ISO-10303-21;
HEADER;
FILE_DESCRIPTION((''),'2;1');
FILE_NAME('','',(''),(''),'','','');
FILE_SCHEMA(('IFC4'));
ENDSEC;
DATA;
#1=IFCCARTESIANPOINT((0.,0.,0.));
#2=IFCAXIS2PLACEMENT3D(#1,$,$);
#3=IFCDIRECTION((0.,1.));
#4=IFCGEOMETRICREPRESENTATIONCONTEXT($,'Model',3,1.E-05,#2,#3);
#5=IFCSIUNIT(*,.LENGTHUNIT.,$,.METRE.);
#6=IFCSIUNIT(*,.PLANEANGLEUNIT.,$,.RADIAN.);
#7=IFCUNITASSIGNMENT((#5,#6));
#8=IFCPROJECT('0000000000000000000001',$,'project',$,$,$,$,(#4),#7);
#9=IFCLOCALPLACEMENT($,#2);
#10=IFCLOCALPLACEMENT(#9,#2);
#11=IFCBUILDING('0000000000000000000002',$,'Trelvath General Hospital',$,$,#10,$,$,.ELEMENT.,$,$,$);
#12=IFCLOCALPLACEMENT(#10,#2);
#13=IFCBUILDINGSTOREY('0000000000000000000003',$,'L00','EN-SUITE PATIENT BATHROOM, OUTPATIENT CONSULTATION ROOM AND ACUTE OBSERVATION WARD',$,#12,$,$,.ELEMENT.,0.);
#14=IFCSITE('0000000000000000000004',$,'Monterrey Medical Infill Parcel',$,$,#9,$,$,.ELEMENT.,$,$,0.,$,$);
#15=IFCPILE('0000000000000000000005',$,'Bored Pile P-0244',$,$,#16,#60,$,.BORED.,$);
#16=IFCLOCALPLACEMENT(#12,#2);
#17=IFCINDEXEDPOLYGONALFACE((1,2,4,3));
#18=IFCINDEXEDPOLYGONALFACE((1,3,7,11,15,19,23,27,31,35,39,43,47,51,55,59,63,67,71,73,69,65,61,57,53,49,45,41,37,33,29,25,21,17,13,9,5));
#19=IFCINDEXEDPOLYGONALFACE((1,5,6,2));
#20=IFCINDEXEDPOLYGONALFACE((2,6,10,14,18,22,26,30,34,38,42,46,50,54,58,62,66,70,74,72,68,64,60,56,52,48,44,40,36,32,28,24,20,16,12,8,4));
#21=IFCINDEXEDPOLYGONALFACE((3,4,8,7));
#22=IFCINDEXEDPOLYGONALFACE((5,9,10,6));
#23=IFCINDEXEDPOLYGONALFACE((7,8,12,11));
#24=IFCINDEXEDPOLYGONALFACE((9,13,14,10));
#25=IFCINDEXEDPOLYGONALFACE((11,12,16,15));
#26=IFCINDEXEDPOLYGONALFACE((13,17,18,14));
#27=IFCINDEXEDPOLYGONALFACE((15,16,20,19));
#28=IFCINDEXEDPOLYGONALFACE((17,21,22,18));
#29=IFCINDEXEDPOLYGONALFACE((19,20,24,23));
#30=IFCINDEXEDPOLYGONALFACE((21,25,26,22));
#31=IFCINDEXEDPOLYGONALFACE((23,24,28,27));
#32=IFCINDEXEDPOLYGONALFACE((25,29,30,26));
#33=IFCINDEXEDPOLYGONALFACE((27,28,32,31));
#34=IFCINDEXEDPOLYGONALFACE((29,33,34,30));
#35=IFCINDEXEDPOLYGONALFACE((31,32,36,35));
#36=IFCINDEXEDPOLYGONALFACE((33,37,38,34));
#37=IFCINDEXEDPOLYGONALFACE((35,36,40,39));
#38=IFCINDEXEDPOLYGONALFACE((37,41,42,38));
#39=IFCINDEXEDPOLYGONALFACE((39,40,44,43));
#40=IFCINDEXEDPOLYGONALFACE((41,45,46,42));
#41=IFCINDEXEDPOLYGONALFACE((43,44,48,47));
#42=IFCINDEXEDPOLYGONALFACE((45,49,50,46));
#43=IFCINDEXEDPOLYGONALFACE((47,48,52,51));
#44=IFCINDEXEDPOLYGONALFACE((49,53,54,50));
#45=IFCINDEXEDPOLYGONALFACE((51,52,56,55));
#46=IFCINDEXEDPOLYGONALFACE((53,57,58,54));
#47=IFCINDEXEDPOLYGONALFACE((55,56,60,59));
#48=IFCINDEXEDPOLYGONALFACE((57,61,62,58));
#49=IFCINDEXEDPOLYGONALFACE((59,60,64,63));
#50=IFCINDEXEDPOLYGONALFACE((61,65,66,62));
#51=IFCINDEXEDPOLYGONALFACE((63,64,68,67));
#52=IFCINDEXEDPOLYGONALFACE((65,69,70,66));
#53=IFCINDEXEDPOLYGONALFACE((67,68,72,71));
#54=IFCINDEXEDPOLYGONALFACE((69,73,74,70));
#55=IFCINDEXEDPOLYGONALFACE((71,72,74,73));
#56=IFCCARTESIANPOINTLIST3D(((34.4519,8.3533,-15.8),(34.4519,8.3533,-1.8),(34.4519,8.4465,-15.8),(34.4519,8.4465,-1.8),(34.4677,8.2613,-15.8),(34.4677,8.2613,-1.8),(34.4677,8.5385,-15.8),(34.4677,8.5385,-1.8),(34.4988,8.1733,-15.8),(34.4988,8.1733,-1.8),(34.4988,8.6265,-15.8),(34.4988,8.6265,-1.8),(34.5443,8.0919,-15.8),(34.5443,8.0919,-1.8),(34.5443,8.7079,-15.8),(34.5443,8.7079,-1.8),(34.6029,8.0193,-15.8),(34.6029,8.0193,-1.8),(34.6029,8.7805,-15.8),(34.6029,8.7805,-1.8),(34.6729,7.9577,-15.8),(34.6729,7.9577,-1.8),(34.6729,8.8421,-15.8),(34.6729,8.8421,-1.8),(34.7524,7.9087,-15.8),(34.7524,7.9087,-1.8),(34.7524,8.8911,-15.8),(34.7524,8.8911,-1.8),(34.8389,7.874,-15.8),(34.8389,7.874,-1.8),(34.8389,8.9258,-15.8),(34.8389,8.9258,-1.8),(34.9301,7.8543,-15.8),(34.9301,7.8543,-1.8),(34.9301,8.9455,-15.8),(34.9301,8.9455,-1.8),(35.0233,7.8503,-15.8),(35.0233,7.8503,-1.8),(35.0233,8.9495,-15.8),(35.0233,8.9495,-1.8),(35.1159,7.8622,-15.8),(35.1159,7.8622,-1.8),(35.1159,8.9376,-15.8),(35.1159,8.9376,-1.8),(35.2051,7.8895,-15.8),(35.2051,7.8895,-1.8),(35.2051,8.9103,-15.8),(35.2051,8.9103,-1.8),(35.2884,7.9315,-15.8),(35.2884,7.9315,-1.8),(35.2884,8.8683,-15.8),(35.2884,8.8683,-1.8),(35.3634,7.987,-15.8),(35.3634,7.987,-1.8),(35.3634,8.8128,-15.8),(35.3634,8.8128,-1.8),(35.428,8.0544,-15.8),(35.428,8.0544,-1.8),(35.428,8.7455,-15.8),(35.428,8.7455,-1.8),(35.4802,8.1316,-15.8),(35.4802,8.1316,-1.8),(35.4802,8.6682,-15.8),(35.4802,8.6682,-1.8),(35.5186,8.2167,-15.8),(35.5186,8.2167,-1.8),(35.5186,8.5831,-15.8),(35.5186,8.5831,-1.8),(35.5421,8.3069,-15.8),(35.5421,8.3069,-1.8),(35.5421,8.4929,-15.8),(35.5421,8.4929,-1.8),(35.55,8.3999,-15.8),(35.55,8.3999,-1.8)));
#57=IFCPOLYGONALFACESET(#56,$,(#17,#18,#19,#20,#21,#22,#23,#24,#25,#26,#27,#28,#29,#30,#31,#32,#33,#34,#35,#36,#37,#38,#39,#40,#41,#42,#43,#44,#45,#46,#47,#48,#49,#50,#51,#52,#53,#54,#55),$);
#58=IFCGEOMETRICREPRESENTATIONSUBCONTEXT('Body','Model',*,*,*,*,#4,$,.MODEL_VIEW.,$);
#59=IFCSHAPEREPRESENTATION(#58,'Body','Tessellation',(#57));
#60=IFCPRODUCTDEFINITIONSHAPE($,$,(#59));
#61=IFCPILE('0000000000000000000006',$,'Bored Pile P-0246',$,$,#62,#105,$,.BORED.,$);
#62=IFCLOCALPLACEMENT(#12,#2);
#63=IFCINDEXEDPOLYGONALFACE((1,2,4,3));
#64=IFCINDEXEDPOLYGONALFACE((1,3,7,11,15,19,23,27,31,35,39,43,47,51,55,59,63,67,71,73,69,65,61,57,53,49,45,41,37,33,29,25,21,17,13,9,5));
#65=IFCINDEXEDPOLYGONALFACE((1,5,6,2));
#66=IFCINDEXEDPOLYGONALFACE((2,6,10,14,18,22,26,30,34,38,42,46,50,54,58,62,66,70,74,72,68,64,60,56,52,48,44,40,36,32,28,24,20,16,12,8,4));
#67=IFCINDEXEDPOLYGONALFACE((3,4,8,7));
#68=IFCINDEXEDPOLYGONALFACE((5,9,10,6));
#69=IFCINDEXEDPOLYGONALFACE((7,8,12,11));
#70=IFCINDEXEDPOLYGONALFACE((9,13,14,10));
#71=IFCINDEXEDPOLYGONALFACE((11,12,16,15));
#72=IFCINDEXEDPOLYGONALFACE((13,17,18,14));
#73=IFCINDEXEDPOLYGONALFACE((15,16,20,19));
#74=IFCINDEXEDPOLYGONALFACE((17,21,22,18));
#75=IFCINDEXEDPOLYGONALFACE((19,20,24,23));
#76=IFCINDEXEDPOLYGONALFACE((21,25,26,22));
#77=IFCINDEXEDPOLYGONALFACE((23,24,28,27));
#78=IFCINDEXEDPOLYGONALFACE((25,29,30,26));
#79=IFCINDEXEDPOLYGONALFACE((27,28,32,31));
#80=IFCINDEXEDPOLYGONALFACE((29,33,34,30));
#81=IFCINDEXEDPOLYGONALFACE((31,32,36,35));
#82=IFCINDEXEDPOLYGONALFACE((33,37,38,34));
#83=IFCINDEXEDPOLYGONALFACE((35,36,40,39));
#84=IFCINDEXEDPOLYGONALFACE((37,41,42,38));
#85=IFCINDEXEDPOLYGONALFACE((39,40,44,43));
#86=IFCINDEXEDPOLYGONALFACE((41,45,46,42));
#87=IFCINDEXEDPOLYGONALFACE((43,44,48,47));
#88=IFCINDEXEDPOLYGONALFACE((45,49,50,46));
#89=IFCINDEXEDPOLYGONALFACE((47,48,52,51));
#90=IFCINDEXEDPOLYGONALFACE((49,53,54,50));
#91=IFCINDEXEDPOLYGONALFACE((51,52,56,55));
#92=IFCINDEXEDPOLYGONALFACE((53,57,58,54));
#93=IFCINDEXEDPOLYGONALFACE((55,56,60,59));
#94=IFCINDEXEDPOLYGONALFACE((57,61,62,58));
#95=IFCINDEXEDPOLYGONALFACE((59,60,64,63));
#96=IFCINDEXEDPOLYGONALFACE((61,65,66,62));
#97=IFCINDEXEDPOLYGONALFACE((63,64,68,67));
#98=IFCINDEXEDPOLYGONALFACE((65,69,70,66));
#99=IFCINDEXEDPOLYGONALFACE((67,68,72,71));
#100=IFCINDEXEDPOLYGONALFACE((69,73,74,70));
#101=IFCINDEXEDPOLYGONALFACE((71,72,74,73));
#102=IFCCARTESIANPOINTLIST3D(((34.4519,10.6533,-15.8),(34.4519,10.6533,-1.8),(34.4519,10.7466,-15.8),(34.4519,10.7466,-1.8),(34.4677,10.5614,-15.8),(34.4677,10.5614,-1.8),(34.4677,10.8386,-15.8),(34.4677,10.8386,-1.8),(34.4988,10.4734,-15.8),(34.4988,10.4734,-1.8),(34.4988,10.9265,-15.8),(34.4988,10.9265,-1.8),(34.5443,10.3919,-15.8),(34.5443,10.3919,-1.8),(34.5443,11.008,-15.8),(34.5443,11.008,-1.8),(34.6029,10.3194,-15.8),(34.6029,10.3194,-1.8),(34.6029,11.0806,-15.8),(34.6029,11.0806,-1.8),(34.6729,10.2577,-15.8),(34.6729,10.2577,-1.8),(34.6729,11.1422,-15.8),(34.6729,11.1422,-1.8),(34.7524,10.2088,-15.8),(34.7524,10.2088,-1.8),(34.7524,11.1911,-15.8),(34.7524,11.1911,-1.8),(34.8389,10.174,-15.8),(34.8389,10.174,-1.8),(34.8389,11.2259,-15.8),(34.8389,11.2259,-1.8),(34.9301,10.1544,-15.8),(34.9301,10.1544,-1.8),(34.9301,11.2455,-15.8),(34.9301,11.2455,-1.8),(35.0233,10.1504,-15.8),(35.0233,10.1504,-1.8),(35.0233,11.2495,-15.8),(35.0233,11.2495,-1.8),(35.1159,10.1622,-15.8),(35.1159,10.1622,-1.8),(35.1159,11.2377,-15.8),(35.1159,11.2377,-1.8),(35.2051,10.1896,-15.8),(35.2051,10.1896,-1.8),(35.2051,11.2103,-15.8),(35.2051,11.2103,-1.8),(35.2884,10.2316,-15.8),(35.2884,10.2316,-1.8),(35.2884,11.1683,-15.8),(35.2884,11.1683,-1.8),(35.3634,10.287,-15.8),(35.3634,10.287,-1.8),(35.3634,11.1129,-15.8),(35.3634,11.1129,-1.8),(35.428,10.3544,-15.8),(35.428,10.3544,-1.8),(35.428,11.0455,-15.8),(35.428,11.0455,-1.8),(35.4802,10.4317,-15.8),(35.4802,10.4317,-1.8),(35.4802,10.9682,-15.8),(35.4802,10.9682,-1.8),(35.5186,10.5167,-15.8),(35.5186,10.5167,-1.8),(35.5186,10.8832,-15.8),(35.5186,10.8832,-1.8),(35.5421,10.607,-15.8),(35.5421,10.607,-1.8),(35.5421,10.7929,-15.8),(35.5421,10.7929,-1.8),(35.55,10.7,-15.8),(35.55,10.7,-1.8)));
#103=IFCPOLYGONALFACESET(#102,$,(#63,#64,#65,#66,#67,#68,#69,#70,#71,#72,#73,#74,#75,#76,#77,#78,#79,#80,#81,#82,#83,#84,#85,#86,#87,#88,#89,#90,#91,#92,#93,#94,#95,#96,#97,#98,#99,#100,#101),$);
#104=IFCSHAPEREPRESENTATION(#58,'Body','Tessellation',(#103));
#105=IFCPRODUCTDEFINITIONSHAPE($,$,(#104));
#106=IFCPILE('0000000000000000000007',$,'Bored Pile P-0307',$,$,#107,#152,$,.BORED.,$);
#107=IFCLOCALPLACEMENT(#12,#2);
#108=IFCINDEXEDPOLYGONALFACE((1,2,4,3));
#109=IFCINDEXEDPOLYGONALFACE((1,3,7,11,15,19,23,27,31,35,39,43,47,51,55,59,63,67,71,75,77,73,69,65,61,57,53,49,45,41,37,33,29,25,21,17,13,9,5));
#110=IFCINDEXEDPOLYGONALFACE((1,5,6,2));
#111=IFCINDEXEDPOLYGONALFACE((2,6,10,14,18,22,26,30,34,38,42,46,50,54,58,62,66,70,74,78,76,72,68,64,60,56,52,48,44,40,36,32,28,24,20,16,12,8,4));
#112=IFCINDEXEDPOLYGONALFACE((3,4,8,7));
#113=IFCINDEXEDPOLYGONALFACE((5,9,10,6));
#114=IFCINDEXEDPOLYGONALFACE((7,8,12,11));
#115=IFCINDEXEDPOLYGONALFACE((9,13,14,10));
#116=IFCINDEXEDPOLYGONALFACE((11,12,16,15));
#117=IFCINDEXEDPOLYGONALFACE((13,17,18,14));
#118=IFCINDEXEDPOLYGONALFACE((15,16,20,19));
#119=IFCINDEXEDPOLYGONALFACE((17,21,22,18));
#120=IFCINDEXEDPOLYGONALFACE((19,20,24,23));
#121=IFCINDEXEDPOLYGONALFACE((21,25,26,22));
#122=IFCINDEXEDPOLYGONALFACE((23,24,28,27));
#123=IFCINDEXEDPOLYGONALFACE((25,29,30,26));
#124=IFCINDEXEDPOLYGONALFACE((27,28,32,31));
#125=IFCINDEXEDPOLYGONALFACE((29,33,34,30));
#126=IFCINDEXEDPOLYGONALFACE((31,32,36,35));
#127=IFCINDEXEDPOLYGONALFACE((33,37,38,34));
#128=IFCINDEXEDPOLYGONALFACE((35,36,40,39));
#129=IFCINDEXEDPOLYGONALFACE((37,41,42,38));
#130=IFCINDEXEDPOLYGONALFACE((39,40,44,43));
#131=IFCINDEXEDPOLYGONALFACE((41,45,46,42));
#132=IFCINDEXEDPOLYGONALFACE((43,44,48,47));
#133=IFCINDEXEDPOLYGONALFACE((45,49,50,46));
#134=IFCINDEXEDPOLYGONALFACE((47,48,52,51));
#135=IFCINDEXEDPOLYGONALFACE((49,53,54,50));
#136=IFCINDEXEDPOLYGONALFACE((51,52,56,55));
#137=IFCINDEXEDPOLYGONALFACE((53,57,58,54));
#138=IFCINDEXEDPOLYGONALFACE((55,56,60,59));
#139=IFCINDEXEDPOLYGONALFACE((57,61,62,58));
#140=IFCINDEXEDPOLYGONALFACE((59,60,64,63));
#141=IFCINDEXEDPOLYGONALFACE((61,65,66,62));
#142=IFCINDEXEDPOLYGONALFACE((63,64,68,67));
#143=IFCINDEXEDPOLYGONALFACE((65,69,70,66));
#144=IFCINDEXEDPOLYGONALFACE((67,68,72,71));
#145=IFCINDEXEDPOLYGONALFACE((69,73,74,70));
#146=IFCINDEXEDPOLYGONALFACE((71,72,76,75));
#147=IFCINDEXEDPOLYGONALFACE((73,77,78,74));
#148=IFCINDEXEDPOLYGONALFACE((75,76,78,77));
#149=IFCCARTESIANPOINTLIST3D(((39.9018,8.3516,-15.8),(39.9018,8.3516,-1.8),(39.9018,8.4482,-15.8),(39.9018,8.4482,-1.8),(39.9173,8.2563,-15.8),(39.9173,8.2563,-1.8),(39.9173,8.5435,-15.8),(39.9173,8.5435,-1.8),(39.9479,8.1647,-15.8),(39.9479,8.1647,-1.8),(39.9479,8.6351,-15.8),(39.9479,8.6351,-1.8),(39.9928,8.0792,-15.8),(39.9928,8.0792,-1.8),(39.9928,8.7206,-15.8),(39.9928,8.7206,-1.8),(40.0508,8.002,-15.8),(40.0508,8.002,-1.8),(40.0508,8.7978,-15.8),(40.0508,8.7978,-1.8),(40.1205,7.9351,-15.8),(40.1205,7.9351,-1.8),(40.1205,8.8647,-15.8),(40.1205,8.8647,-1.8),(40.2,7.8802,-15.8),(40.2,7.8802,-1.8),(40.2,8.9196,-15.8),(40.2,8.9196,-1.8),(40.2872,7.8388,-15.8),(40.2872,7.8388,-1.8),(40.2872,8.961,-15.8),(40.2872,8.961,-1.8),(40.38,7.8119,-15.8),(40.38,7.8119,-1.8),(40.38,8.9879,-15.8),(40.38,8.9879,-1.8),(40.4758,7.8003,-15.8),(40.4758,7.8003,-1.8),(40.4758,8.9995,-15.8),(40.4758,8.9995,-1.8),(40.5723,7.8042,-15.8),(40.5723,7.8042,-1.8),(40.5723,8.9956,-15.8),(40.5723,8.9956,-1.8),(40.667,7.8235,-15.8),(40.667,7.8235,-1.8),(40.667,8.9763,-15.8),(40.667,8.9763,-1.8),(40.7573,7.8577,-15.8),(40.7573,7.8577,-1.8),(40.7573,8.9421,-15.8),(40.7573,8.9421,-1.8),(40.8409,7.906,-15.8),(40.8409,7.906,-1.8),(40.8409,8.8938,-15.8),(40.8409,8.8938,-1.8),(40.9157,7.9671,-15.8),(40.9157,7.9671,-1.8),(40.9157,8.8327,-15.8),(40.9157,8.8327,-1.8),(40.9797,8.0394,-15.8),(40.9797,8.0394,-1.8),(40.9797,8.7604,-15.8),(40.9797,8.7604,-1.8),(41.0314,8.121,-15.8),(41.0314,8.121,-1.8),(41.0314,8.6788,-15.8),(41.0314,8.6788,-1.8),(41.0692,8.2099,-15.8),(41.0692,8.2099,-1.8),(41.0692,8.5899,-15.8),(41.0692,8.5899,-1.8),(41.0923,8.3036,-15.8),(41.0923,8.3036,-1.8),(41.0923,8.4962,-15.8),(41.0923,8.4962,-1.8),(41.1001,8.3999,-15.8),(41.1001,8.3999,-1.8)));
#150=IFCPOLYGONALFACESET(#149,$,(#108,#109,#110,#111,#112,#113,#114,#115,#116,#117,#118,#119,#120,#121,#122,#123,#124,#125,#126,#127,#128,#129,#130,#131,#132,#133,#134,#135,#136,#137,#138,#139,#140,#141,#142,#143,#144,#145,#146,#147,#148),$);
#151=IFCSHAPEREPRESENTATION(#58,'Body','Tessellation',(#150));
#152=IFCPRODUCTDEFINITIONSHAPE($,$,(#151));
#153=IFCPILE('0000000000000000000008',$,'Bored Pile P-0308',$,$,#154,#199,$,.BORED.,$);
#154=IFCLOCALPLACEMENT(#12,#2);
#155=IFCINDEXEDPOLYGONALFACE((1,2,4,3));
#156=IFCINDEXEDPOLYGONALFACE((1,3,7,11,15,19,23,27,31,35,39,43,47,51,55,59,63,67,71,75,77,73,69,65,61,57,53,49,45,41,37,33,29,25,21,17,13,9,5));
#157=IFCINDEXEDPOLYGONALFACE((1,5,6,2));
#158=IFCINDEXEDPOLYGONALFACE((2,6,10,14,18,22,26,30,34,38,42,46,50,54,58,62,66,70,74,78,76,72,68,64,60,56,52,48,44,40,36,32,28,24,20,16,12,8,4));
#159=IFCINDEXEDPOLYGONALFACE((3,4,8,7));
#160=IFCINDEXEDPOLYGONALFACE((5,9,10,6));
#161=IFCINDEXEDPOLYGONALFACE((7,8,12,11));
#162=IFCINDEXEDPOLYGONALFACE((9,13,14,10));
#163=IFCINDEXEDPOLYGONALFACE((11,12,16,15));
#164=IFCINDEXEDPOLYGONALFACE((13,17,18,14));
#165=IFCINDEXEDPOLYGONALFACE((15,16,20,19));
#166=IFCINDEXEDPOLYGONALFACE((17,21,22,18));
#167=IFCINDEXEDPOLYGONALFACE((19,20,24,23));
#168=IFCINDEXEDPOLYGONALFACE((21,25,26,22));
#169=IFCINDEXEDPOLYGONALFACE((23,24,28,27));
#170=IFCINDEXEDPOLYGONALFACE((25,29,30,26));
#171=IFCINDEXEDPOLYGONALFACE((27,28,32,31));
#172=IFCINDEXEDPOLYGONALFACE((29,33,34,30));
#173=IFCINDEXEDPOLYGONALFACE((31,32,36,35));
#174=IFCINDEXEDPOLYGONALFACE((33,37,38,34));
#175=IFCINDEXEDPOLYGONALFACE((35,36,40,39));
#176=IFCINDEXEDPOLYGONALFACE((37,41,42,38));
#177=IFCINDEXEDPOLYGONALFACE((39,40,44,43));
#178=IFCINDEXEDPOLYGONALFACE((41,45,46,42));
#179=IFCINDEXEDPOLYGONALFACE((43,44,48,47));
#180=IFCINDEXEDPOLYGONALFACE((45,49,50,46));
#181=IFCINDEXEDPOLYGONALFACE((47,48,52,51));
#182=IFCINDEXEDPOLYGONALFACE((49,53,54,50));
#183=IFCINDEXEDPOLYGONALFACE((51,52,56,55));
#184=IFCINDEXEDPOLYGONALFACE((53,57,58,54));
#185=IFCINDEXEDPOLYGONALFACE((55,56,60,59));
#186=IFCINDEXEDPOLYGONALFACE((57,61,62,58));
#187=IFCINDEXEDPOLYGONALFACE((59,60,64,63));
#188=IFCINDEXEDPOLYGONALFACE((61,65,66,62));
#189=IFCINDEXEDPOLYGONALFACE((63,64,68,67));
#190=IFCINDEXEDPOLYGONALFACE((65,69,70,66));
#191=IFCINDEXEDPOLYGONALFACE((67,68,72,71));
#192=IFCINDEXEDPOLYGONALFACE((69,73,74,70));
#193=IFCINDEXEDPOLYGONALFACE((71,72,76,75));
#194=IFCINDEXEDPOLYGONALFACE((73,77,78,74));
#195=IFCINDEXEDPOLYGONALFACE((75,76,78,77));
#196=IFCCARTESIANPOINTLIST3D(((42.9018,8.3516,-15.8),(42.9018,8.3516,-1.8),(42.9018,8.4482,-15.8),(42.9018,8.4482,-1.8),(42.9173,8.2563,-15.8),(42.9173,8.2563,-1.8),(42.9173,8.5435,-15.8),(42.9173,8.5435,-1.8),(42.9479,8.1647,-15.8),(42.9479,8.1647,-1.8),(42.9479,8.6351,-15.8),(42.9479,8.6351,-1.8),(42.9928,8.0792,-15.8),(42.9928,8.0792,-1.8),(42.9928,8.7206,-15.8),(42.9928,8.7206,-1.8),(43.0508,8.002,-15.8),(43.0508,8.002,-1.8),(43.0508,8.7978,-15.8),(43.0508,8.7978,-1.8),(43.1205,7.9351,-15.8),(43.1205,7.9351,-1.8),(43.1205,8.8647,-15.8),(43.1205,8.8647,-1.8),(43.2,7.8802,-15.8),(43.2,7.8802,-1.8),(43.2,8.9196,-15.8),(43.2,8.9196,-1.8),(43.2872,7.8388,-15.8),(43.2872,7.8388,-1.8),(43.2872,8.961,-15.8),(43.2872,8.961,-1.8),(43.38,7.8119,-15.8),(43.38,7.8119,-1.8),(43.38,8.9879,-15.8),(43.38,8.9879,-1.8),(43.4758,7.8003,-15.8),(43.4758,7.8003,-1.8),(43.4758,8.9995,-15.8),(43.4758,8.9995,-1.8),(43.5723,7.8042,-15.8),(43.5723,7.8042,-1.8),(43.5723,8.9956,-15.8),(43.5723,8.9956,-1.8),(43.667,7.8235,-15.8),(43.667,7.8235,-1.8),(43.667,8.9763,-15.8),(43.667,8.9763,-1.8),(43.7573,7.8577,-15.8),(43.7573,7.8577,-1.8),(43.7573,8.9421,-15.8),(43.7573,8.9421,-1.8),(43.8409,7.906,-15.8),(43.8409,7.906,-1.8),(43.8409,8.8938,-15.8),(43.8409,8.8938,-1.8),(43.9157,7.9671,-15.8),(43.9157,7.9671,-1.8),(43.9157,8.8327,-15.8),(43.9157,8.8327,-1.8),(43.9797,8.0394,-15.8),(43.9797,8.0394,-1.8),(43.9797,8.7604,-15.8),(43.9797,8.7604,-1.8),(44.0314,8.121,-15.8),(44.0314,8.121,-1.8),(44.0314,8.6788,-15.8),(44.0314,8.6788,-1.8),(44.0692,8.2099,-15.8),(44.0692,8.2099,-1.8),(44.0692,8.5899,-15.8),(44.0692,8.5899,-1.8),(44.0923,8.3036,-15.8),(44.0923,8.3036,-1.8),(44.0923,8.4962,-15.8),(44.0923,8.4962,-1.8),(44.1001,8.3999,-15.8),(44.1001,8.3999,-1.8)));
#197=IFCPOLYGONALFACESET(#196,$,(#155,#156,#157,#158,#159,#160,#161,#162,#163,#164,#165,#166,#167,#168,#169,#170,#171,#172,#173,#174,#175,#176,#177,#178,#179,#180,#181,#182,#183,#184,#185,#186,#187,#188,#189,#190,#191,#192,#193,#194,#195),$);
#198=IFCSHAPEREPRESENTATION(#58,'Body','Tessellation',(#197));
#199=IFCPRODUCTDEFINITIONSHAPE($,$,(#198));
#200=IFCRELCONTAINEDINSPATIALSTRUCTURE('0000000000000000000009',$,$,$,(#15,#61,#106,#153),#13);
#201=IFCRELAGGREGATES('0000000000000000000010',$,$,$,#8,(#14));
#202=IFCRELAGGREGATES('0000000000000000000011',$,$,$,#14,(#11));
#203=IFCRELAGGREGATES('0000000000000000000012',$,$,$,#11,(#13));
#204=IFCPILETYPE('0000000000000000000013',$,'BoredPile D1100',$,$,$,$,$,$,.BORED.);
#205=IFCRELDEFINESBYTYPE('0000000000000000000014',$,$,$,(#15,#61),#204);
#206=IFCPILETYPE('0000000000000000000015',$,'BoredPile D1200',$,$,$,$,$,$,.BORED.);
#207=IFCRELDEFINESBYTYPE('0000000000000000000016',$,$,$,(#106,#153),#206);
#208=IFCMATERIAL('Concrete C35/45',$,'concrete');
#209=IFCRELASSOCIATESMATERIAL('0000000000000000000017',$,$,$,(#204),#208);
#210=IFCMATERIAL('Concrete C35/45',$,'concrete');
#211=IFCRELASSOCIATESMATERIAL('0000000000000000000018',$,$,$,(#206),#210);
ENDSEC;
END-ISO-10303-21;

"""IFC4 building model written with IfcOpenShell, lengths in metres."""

from ifc_helpers import new_model, si_unit, direction, frame, origin, origin_2d, place, context, subcontext, project, spatial, circle, extrude, material, material_profile, profile_set, type_object, element, save


model = new_model("IFC4")

# Units and contexts
model_context = context("Model", 3, precision=1e-05, world=origin(), true_north=direction((0.0, 1.0)))
body_context = subcontext(model_context, "Body", "Model", "MODEL_VIEW")
ifc_project = project(units=[si_unit("LENGTHUNIT", "METRE"), si_unit("PLANEANGLEUNIT", "RADIAN")], contexts=[model_context])

# Site, building, storey
site_placement = place(None, origin())
site = spatial("IfcSite", under=ifc_project, at=site_placement, Name="Monterrey Medical Infill Parcel", CompositionType="ELEMENT", RefElevation=0.0)
building_placement = place(site_placement, origin())
building = spatial("IfcBuilding", under=site, at=building_placement, Name="Trelvath General Hospital", CompositionType="ELEMENT")
storey_placement = place(building_placement, origin())
storey = spatial("IfcBuildingStorey", under=building, at=storey_placement, Name="L00", Description="EN-SUITE PATIENT BATHROOM, OUTPATIENT CONSULTATION ROOM AND ACUTE OBSERVATION WARD", CompositionType="ELEMENT", Elevation=0.0)

# Piles
ifc_material_1 = material(Name="Concrete C35/45", Category="concrete")
ifc_material_profile_1 = material_profile(ifc_material_1, circle(Radius=0.55, at=origin_2d()), Name="PILE1100")
ifc_profile_set_1 = profile_set([ifc_material_profile_1], Name="Concrete C35/45")
pile_type_1 = type_object("IfcPileType", Name="BoredPile D1100", PredefinedType="BORED", material=ifc_profile_set_1)
for number, where, z_axis, x_axis, name in (
    (1, (35.0, 8.3999, -1.8), (0.0, 0.0, -1.0), (1.0, 0.0, 0.0), "Bored Pile P-0244"),
    (2, (35.0, 10.7, -1.8), (0.0, 0.0, -1.0), (1.0, 0.0, 0.0), "Bored Pile P-0246"),
):
    element("IfcPile", number, at=place(storey_placement, frame(where, z_axis=z_axis, x_axis=x_axis)), inside=storey, type_object=pile_type_1, Name=name, PredefinedType="BORED", context=body_context, shape_type="SweptSolid", body=[
        extrude(circle(Radius=0.55, at=origin_2d()), origin(), (0.0, 0.0, 1.0), 14.0),
    ])
ifc_material_2 = material(Name="Concrete C35/45", Category="concrete")
ifc_material_profile_2 = material_profile(ifc_material_2, circle(Radius=0.6001, at=origin_2d()), Name="PILE1200")
ifc_profile_set_2 = profile_set([ifc_material_profile_2], Name="Concrete C35/45")
pile_type_2 = type_object("IfcPileType", Name="BoredPile D1200", PredefinedType="BORED", material=ifc_profile_set_2)
for number, where, z_axis, x_axis, name in (
    (3, (40.5, 8.3999, -1.8), (0.0, 0.0, -1.0), (1.0, 0.0, 0.0), "Bored Pile P-0307"),
    (4, (43.5, 8.3999, -1.8), (0.0, 0.0, -1.0), (1.0, 0.0, 0.0), "Bored Pile P-0308"),
):
    element("IfcPile", number, at=place(storey_placement, frame(where, z_axis=z_axis, x_axis=x_axis)), inside=storey, type_object=pile_type_2, Name=name, PredefinedType="BORED", context=body_context, shape_type="SweptSolid", body=[
        extrude(circle(Radius=0.6001, at=origin_2d()), origin(), (0.0, 0.0, 1.0), 14.0),
    ])

save(model, "model.ifc")
